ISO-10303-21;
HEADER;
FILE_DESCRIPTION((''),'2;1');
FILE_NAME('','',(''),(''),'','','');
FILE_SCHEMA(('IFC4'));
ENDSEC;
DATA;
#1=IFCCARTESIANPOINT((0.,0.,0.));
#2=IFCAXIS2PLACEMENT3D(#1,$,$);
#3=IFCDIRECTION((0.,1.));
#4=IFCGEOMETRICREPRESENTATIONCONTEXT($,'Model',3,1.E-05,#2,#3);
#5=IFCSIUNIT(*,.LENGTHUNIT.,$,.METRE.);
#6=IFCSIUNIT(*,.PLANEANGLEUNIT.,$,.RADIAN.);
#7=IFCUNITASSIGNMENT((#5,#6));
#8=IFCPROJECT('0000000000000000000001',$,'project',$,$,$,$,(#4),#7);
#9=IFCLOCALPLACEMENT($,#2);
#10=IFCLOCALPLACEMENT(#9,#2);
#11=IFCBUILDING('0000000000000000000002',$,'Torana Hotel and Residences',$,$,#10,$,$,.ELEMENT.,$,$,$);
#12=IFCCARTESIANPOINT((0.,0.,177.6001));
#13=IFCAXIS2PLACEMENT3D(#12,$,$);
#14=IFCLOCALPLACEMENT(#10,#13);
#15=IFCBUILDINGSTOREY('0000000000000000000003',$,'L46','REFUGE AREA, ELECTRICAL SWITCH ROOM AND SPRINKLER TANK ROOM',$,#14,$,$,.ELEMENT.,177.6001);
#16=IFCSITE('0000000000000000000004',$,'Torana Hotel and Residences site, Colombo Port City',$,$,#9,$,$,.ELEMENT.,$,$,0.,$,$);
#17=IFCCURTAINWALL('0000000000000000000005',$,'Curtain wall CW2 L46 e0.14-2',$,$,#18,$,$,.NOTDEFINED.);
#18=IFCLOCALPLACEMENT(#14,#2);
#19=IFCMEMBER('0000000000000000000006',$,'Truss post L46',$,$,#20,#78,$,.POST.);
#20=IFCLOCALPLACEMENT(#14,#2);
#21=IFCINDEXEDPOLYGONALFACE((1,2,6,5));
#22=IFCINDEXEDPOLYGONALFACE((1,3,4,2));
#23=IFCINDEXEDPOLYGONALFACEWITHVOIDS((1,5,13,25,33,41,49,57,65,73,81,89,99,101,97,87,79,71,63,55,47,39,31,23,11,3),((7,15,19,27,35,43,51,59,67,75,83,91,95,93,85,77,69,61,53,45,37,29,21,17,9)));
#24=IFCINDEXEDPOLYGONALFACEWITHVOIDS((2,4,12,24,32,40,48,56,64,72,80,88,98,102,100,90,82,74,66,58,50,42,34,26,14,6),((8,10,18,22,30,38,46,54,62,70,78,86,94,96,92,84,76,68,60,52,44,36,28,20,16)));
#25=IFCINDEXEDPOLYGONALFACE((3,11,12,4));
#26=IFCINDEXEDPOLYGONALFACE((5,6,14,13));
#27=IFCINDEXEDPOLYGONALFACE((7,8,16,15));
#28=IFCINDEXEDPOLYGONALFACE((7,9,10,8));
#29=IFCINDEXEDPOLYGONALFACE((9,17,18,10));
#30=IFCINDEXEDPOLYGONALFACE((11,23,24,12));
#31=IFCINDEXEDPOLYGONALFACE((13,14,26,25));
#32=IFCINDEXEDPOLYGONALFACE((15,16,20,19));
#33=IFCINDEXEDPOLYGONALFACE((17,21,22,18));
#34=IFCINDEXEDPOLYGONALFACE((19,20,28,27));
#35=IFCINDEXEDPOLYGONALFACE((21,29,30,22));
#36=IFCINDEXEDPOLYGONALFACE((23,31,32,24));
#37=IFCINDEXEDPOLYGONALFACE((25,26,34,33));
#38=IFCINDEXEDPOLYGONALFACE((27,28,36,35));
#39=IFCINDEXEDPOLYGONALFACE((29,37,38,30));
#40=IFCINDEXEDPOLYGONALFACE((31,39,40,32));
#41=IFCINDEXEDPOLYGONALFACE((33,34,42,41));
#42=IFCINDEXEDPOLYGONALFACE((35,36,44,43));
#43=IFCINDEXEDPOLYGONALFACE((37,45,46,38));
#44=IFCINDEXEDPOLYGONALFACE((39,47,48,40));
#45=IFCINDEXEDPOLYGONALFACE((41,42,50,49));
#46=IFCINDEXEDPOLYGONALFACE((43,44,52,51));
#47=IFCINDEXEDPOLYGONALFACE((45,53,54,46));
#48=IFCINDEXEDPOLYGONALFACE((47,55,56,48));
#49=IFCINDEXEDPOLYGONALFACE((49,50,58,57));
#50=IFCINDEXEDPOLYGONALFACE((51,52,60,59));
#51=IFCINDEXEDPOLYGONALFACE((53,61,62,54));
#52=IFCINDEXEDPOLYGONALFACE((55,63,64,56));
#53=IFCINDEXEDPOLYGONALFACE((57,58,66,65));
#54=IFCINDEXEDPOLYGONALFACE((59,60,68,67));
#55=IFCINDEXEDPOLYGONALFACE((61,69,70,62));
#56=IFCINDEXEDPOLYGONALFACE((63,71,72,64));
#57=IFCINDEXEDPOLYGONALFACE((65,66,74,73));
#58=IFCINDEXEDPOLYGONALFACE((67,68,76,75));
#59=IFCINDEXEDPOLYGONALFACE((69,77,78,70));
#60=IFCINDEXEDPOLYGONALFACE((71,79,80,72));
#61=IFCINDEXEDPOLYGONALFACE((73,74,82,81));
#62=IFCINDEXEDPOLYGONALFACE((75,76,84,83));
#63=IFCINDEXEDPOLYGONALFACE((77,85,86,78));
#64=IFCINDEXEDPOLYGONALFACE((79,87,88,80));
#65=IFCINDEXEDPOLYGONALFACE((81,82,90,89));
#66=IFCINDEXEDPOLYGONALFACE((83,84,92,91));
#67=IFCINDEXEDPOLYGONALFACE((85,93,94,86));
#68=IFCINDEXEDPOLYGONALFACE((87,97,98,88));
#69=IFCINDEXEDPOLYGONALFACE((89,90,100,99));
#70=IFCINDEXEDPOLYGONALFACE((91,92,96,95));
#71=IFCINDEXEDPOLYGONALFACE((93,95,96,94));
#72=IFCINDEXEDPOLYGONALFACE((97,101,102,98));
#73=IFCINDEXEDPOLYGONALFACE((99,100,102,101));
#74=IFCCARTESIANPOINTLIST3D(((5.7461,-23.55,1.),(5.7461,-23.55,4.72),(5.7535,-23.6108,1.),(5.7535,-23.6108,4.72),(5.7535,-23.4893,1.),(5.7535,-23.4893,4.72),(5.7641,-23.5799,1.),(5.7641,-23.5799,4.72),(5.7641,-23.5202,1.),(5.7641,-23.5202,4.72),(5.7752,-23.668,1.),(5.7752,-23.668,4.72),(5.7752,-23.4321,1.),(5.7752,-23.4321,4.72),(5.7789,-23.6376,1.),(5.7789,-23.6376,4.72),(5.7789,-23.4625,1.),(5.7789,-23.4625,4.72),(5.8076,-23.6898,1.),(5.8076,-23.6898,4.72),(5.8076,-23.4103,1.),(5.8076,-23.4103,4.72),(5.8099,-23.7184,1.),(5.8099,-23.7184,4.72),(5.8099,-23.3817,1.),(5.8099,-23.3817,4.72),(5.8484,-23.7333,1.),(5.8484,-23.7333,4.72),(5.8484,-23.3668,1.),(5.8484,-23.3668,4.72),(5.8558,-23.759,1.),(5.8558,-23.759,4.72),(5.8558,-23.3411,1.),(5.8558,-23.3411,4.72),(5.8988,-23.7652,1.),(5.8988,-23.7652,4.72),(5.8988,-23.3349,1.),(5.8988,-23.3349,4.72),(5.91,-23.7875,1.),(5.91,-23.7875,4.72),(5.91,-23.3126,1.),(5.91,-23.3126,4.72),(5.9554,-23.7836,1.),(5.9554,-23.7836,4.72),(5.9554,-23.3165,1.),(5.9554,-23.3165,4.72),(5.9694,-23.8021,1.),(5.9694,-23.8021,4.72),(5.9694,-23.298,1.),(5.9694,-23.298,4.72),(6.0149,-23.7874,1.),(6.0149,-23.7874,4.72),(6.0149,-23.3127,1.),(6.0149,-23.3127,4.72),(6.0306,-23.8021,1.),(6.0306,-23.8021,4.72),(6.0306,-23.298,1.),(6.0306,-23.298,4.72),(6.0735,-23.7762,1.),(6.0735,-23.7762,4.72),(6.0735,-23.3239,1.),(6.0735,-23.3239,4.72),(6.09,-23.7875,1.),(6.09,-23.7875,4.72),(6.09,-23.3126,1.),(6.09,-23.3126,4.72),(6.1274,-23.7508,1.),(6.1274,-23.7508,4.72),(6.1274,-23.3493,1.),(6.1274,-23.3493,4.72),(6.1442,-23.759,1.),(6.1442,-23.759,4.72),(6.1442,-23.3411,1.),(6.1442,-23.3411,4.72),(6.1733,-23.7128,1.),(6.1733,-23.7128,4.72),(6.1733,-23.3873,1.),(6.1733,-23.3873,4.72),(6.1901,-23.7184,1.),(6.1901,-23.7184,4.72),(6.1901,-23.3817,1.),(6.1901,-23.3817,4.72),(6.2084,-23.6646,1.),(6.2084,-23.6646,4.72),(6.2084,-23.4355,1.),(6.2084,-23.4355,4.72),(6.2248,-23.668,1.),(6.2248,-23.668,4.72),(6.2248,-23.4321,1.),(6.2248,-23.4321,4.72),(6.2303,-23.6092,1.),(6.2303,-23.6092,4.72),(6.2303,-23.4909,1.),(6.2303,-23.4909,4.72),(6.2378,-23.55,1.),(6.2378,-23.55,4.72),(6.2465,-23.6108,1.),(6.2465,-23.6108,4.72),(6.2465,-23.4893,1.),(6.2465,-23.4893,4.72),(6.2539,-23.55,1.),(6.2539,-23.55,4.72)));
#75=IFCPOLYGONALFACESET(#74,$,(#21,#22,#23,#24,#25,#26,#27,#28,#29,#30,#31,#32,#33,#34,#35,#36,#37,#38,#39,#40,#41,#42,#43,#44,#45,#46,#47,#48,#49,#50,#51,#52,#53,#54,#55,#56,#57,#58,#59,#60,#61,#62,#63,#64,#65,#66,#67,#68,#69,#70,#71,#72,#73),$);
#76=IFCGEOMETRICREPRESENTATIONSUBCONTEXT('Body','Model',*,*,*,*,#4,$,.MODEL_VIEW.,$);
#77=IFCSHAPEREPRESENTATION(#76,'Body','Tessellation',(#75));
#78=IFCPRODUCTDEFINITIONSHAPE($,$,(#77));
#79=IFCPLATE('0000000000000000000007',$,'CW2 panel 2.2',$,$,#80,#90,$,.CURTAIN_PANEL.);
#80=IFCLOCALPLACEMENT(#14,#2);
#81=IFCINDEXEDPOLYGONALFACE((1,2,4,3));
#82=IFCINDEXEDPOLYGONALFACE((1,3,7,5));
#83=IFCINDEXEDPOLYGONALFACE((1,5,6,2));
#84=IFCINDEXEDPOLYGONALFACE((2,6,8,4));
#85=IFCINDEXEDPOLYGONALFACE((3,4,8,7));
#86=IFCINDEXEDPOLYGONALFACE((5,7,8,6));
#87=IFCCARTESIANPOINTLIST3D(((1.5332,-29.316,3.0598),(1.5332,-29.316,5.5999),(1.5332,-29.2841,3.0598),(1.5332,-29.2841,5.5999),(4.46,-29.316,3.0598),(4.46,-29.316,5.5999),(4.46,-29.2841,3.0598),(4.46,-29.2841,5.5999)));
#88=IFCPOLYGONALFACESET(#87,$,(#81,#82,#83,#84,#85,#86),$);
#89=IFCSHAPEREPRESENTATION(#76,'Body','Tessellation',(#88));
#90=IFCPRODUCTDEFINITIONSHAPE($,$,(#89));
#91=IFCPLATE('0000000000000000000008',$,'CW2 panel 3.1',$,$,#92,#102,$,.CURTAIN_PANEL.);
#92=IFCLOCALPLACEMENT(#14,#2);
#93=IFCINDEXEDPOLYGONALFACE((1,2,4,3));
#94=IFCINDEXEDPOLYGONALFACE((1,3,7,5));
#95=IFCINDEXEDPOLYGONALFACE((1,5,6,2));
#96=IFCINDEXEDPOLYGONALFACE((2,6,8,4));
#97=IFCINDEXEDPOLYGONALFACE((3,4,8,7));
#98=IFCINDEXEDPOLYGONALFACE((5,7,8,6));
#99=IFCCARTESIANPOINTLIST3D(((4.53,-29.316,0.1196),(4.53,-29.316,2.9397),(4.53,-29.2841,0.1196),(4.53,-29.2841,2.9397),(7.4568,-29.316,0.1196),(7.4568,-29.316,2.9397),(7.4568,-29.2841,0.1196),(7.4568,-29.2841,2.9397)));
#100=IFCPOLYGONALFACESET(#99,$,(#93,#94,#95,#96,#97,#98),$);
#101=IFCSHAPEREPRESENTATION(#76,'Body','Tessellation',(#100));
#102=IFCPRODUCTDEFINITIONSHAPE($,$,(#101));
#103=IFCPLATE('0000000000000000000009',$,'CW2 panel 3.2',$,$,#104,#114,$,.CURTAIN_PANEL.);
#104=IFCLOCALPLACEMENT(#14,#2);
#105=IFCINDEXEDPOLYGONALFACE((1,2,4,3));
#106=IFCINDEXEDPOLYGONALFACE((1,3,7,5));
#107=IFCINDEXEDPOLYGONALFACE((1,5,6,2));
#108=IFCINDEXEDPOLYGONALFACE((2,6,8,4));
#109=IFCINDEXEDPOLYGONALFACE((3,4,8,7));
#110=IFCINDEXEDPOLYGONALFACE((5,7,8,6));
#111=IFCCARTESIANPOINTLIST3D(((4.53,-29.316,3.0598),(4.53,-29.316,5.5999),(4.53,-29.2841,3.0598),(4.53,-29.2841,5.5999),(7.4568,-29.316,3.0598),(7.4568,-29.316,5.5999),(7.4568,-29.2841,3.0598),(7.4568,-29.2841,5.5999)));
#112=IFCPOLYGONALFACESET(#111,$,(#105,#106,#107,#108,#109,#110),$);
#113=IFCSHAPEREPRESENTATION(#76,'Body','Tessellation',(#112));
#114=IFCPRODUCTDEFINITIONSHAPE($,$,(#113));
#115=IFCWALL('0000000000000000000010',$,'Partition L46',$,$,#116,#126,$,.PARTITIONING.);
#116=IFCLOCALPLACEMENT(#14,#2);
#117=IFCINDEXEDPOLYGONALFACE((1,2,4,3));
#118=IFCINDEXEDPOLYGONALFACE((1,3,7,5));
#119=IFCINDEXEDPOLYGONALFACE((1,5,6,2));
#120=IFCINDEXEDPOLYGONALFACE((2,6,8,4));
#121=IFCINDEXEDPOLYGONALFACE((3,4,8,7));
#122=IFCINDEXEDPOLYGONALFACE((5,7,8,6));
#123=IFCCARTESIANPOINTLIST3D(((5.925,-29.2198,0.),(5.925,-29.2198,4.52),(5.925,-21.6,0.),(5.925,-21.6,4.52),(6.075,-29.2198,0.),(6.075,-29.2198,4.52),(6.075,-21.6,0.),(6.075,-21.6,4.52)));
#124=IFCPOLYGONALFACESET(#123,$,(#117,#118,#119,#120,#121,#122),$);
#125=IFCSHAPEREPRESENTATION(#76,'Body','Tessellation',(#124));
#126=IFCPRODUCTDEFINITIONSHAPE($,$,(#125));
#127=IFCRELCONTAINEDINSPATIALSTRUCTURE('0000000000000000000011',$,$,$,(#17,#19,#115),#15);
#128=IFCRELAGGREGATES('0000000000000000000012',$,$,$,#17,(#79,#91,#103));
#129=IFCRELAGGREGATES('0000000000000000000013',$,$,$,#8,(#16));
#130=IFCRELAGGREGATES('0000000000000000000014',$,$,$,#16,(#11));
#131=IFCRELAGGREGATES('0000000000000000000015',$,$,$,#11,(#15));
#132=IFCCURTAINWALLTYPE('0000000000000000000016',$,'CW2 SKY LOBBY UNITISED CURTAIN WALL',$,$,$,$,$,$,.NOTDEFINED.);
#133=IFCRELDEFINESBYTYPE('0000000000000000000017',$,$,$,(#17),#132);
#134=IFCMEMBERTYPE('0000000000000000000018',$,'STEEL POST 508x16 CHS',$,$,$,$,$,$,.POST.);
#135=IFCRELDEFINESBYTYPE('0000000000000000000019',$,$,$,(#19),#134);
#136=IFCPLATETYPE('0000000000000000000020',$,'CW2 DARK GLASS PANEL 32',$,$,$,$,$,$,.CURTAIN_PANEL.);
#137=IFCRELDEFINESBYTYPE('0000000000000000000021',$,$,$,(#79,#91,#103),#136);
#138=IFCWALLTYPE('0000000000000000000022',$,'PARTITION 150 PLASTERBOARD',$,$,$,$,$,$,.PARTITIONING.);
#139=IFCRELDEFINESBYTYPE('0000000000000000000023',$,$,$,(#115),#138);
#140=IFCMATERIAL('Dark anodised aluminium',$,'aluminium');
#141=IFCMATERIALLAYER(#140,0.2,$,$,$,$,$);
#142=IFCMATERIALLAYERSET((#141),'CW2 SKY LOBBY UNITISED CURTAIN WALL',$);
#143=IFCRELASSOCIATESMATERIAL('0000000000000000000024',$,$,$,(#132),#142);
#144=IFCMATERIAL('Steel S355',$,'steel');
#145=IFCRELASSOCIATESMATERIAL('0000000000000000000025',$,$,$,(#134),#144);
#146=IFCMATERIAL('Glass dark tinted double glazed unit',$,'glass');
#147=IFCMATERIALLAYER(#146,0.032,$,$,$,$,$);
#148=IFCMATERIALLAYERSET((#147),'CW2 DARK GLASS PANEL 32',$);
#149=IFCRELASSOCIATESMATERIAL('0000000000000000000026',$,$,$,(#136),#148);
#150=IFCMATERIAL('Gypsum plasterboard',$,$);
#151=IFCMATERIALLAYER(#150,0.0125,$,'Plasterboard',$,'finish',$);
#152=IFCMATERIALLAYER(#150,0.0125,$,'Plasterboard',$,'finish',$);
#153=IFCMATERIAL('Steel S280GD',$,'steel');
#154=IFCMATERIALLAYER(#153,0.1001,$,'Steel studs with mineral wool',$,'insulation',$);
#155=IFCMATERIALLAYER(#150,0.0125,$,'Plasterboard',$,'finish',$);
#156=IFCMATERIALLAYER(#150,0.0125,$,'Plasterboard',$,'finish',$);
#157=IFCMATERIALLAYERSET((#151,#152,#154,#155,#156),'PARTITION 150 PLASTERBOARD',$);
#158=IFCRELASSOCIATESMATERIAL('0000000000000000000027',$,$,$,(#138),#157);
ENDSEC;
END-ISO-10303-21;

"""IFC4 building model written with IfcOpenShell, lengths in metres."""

from ifc_helpers import new_model, si_unit, direction, frame, frame_2d, origin, origin_2d, place, context, subcontext, project, spatial, rectangle, hollow_circle, extrude, material, layer, layer_set, material_profile, profile_set, type_object, element, aggregate, save


model = new_model("IFC4")

# Units and contexts
model_context = context("Model", 3, precision=1e-05, world=origin(), true_north=direction((0.0, 1.0)))
body_context = subcontext(model_context, "Body", "Model", "MODEL_VIEW")
ifc_project = project(units=[si_unit("LENGTHUNIT", "METRE"), si_unit("PLANEANGLEUNIT", "RADIAN")], contexts=[model_context])

# Site, building, storey
site_placement = place(None, origin())
site = spatial("IfcSite", under=ifc_project, at=site_placement, Name="Torana Hotel and Residences site, Colombo Port City", CompositionType="ELEMENT", RefElevation=0.0)
building_placement = place(site_placement, origin())
building = spatial("IfcBuilding", under=site, at=building_placement, Name="Torana Hotel and Residences", CompositionType="ELEMENT")
storey_placement = place(building_placement, frame((0.0, 0.0, 177.6001)))
storey = spatial("IfcBuildingStorey", under=building, at=storey_placement, Name="L46", Description="REFUGE AREA, ELECTRICAL SWITCH ROOM AND SPRINKLER TANK ROOM", CompositionType="ELEMENT", Elevation=177.6001)

# Curtain wall
ifc_material_1 = material(Name="Dark anodised aluminium", Category="aluminium")
ifc_layer_1 = layer(ifc_material_1, 0.2)
ifc_layer_set_1 = layer_set([ifc_layer_1], Name="CW2 SKY LOBBY UNITISED CURTAIN WALL")
curtain_wall_type = type_object("IfcCurtainWallType", Name="CW2 SKY LOBBY UNITISED CURTAIN WALL", PredefinedType="NOTDEFINED", material=ifc_layer_set_1)
curtain_wall_placement = place(storey_placement, origin())
curtain_wall = element("IfcCurtainWall", 1, at=curtain_wall_placement, inside=storey, type_object=curtain_wall_type, Name="Curtain wall CW2 L46 e0.14-2", PredefinedType="NOTDEFINED")

# Member
ifc_material_2 = material(Name="Steel S355", Category="steel")
ifc_material_profile_1 = material_profile(ifc_material_2, hollow_circle(Radius=0.2539, WallThickness=0.0161, at=origin_2d()), Name="508x16 CHS")
ifc_profile_set_1 = profile_set([ifc_material_profile_1], Name="Steel S355")
member_type_1 = type_object("IfcMemberType", Name="STEEL POST 508x16 CHS", PredefinedType="POST", material=ifc_profile_set_1)
for number, where, z_axis, x_axis, name in (
    (2, (6.0, -23.55, 1.0), (0.0, 0.0, 1.0), (1.0, 0.0, 0.0), "Truss post L46"),
):
    element("IfcMember", number, at=place(storey_placement, frame(where, z_axis=z_axis, x_axis=x_axis)), inside=storey, type_object=member_type_1, Name=name, PredefinedType="POST", context=body_context, shape_type="SweptSolid", body=[
        extrude(hollow_circle(Radius=0.2539, WallThickness=0.0161, at=origin_2d()), origin(), (0.0, 0.0, 1.0), 3.72),
    ])

# Plates
ifc_material_3 = material(Name="Glass dark tinted double glazed unit", Category="glass")
ifc_layer_2 = layer(ifc_material_3, 0.032)
ifc_layer_set_2 = layer_set([ifc_layer_2], Name="CW2 DARK GLASS PANEL 32")
plate_type = type_object("IfcPlateType", Name="CW2 DARK GLASS PANEL 32", PredefinedType="CURTAIN_PANEL", material=ifc_layer_set_2)
plate_1_placement = place(storey_placement, frame((2.9966, -29.3, 3.0598), z_axis=(0.0, 0.0, 1.0), x_axis=(1.0, 0.0, 0.0)))
plate_1 = element("IfcPlate", 3, at=plate_1_placement, type_object=plate_type, Name="CW2 panel 2.2", PredefinedType="CURTAIN_PANEL", context=body_context, shape_type="SweptSolid", body=[
    extrude(rectangle(XDim=2.9268, YDim=0.032, at=origin_2d()), origin(), (0.0, 0.0, 1.0), 2.54),
])
plate_2_placement = place(storey_placement, frame((5.9934, -29.3, 0.1196), z_axis=(0.0, 0.0, 1.0), x_axis=(1.0, 0.0, 0.0)))
plate_2 = element("IfcPlate", 4, at=plate_2_placement, type_object=plate_type, Name="CW2 panel 3.1", PredefinedType="CURTAIN_PANEL", context=body_context, shape_type="SweptSolid", body=[
    extrude(rectangle(XDim=2.9268, YDim=0.032, at=origin_2d()), origin(), (0.0, 0.0, 1.0), 2.8201),
])
plate_3_placement = place(storey_placement, frame((5.9934, -29.3, 3.0598), z_axis=(0.0, 0.0, 1.0), x_axis=(1.0, 0.0, 0.0)))
plate_3 = element("IfcPlate", 5, at=plate_3_placement, type_object=plate_type, Name="CW2 panel 3.2", PredefinedType="CURTAIN_PANEL", context=body_context, shape_type="SweptSolid", body=[
    extrude(rectangle(XDim=2.9268, YDim=0.032, at=origin_2d()), origin(), (0.0, 0.0, 1.0), 2.54),
])
aggregate(curtain_wall, [plate_1, plate_2, plate_3])

# Wall
ifc_material_4 = material(Name="Gypsum plasterboard")
ifc_layer_3 = layer(ifc_material_4, 0.0125, Name="Plasterboard", Category="finish")
ifc_layer_4 = layer(ifc_material_4, 0.0125, Name="Plasterboard", Category="finish")
ifc_material_5 = material(Name="Steel S280GD", Category="steel")
ifc_layer_5 = layer(ifc_material_5, 0.1001, Name="Steel studs with mineral wool", Category="insulation")
ifc_layer_6 = layer(ifc_material_4, 0.0125, Name="Plasterboard", Category="finish")
ifc_layer_7 = layer(ifc_material_4, 0.0125, Name="Plasterboard", Category="finish")
ifc_layer_set_3 = layer_set([ifc_layer_3, ifc_layer_4, ifc_layer_5, ifc_layer_6, ifc_layer_7], Name="PARTITION 150 PLASTERBOARD")
wall_type = type_object("IfcWallType", Name="PARTITION 150 PLASTERBOARD", PredefinedType="PARTITIONING", material=ifc_layer_set_3)
wall_placement = place(storey_placement, frame((6.0, -29.22, 0.0), z_axis=(0.0, 0.0, 1.0), x_axis=(0.0, 1.0, 0.0)))
element("IfcWall", 6, at=wall_placement, inside=storey, type_object=wall_type, Name="Partition L46", PredefinedType="PARTITIONING", context=body_context, shape_type="SweptSolid", body=[
    extrude(rectangle(XDim=7.6199, YDim=0.1499, at=frame_2d((3.8101, 0.0))), origin(), (0.0, 0.0, 1.0), 4.52),
])

save(model, "model.ifc")
